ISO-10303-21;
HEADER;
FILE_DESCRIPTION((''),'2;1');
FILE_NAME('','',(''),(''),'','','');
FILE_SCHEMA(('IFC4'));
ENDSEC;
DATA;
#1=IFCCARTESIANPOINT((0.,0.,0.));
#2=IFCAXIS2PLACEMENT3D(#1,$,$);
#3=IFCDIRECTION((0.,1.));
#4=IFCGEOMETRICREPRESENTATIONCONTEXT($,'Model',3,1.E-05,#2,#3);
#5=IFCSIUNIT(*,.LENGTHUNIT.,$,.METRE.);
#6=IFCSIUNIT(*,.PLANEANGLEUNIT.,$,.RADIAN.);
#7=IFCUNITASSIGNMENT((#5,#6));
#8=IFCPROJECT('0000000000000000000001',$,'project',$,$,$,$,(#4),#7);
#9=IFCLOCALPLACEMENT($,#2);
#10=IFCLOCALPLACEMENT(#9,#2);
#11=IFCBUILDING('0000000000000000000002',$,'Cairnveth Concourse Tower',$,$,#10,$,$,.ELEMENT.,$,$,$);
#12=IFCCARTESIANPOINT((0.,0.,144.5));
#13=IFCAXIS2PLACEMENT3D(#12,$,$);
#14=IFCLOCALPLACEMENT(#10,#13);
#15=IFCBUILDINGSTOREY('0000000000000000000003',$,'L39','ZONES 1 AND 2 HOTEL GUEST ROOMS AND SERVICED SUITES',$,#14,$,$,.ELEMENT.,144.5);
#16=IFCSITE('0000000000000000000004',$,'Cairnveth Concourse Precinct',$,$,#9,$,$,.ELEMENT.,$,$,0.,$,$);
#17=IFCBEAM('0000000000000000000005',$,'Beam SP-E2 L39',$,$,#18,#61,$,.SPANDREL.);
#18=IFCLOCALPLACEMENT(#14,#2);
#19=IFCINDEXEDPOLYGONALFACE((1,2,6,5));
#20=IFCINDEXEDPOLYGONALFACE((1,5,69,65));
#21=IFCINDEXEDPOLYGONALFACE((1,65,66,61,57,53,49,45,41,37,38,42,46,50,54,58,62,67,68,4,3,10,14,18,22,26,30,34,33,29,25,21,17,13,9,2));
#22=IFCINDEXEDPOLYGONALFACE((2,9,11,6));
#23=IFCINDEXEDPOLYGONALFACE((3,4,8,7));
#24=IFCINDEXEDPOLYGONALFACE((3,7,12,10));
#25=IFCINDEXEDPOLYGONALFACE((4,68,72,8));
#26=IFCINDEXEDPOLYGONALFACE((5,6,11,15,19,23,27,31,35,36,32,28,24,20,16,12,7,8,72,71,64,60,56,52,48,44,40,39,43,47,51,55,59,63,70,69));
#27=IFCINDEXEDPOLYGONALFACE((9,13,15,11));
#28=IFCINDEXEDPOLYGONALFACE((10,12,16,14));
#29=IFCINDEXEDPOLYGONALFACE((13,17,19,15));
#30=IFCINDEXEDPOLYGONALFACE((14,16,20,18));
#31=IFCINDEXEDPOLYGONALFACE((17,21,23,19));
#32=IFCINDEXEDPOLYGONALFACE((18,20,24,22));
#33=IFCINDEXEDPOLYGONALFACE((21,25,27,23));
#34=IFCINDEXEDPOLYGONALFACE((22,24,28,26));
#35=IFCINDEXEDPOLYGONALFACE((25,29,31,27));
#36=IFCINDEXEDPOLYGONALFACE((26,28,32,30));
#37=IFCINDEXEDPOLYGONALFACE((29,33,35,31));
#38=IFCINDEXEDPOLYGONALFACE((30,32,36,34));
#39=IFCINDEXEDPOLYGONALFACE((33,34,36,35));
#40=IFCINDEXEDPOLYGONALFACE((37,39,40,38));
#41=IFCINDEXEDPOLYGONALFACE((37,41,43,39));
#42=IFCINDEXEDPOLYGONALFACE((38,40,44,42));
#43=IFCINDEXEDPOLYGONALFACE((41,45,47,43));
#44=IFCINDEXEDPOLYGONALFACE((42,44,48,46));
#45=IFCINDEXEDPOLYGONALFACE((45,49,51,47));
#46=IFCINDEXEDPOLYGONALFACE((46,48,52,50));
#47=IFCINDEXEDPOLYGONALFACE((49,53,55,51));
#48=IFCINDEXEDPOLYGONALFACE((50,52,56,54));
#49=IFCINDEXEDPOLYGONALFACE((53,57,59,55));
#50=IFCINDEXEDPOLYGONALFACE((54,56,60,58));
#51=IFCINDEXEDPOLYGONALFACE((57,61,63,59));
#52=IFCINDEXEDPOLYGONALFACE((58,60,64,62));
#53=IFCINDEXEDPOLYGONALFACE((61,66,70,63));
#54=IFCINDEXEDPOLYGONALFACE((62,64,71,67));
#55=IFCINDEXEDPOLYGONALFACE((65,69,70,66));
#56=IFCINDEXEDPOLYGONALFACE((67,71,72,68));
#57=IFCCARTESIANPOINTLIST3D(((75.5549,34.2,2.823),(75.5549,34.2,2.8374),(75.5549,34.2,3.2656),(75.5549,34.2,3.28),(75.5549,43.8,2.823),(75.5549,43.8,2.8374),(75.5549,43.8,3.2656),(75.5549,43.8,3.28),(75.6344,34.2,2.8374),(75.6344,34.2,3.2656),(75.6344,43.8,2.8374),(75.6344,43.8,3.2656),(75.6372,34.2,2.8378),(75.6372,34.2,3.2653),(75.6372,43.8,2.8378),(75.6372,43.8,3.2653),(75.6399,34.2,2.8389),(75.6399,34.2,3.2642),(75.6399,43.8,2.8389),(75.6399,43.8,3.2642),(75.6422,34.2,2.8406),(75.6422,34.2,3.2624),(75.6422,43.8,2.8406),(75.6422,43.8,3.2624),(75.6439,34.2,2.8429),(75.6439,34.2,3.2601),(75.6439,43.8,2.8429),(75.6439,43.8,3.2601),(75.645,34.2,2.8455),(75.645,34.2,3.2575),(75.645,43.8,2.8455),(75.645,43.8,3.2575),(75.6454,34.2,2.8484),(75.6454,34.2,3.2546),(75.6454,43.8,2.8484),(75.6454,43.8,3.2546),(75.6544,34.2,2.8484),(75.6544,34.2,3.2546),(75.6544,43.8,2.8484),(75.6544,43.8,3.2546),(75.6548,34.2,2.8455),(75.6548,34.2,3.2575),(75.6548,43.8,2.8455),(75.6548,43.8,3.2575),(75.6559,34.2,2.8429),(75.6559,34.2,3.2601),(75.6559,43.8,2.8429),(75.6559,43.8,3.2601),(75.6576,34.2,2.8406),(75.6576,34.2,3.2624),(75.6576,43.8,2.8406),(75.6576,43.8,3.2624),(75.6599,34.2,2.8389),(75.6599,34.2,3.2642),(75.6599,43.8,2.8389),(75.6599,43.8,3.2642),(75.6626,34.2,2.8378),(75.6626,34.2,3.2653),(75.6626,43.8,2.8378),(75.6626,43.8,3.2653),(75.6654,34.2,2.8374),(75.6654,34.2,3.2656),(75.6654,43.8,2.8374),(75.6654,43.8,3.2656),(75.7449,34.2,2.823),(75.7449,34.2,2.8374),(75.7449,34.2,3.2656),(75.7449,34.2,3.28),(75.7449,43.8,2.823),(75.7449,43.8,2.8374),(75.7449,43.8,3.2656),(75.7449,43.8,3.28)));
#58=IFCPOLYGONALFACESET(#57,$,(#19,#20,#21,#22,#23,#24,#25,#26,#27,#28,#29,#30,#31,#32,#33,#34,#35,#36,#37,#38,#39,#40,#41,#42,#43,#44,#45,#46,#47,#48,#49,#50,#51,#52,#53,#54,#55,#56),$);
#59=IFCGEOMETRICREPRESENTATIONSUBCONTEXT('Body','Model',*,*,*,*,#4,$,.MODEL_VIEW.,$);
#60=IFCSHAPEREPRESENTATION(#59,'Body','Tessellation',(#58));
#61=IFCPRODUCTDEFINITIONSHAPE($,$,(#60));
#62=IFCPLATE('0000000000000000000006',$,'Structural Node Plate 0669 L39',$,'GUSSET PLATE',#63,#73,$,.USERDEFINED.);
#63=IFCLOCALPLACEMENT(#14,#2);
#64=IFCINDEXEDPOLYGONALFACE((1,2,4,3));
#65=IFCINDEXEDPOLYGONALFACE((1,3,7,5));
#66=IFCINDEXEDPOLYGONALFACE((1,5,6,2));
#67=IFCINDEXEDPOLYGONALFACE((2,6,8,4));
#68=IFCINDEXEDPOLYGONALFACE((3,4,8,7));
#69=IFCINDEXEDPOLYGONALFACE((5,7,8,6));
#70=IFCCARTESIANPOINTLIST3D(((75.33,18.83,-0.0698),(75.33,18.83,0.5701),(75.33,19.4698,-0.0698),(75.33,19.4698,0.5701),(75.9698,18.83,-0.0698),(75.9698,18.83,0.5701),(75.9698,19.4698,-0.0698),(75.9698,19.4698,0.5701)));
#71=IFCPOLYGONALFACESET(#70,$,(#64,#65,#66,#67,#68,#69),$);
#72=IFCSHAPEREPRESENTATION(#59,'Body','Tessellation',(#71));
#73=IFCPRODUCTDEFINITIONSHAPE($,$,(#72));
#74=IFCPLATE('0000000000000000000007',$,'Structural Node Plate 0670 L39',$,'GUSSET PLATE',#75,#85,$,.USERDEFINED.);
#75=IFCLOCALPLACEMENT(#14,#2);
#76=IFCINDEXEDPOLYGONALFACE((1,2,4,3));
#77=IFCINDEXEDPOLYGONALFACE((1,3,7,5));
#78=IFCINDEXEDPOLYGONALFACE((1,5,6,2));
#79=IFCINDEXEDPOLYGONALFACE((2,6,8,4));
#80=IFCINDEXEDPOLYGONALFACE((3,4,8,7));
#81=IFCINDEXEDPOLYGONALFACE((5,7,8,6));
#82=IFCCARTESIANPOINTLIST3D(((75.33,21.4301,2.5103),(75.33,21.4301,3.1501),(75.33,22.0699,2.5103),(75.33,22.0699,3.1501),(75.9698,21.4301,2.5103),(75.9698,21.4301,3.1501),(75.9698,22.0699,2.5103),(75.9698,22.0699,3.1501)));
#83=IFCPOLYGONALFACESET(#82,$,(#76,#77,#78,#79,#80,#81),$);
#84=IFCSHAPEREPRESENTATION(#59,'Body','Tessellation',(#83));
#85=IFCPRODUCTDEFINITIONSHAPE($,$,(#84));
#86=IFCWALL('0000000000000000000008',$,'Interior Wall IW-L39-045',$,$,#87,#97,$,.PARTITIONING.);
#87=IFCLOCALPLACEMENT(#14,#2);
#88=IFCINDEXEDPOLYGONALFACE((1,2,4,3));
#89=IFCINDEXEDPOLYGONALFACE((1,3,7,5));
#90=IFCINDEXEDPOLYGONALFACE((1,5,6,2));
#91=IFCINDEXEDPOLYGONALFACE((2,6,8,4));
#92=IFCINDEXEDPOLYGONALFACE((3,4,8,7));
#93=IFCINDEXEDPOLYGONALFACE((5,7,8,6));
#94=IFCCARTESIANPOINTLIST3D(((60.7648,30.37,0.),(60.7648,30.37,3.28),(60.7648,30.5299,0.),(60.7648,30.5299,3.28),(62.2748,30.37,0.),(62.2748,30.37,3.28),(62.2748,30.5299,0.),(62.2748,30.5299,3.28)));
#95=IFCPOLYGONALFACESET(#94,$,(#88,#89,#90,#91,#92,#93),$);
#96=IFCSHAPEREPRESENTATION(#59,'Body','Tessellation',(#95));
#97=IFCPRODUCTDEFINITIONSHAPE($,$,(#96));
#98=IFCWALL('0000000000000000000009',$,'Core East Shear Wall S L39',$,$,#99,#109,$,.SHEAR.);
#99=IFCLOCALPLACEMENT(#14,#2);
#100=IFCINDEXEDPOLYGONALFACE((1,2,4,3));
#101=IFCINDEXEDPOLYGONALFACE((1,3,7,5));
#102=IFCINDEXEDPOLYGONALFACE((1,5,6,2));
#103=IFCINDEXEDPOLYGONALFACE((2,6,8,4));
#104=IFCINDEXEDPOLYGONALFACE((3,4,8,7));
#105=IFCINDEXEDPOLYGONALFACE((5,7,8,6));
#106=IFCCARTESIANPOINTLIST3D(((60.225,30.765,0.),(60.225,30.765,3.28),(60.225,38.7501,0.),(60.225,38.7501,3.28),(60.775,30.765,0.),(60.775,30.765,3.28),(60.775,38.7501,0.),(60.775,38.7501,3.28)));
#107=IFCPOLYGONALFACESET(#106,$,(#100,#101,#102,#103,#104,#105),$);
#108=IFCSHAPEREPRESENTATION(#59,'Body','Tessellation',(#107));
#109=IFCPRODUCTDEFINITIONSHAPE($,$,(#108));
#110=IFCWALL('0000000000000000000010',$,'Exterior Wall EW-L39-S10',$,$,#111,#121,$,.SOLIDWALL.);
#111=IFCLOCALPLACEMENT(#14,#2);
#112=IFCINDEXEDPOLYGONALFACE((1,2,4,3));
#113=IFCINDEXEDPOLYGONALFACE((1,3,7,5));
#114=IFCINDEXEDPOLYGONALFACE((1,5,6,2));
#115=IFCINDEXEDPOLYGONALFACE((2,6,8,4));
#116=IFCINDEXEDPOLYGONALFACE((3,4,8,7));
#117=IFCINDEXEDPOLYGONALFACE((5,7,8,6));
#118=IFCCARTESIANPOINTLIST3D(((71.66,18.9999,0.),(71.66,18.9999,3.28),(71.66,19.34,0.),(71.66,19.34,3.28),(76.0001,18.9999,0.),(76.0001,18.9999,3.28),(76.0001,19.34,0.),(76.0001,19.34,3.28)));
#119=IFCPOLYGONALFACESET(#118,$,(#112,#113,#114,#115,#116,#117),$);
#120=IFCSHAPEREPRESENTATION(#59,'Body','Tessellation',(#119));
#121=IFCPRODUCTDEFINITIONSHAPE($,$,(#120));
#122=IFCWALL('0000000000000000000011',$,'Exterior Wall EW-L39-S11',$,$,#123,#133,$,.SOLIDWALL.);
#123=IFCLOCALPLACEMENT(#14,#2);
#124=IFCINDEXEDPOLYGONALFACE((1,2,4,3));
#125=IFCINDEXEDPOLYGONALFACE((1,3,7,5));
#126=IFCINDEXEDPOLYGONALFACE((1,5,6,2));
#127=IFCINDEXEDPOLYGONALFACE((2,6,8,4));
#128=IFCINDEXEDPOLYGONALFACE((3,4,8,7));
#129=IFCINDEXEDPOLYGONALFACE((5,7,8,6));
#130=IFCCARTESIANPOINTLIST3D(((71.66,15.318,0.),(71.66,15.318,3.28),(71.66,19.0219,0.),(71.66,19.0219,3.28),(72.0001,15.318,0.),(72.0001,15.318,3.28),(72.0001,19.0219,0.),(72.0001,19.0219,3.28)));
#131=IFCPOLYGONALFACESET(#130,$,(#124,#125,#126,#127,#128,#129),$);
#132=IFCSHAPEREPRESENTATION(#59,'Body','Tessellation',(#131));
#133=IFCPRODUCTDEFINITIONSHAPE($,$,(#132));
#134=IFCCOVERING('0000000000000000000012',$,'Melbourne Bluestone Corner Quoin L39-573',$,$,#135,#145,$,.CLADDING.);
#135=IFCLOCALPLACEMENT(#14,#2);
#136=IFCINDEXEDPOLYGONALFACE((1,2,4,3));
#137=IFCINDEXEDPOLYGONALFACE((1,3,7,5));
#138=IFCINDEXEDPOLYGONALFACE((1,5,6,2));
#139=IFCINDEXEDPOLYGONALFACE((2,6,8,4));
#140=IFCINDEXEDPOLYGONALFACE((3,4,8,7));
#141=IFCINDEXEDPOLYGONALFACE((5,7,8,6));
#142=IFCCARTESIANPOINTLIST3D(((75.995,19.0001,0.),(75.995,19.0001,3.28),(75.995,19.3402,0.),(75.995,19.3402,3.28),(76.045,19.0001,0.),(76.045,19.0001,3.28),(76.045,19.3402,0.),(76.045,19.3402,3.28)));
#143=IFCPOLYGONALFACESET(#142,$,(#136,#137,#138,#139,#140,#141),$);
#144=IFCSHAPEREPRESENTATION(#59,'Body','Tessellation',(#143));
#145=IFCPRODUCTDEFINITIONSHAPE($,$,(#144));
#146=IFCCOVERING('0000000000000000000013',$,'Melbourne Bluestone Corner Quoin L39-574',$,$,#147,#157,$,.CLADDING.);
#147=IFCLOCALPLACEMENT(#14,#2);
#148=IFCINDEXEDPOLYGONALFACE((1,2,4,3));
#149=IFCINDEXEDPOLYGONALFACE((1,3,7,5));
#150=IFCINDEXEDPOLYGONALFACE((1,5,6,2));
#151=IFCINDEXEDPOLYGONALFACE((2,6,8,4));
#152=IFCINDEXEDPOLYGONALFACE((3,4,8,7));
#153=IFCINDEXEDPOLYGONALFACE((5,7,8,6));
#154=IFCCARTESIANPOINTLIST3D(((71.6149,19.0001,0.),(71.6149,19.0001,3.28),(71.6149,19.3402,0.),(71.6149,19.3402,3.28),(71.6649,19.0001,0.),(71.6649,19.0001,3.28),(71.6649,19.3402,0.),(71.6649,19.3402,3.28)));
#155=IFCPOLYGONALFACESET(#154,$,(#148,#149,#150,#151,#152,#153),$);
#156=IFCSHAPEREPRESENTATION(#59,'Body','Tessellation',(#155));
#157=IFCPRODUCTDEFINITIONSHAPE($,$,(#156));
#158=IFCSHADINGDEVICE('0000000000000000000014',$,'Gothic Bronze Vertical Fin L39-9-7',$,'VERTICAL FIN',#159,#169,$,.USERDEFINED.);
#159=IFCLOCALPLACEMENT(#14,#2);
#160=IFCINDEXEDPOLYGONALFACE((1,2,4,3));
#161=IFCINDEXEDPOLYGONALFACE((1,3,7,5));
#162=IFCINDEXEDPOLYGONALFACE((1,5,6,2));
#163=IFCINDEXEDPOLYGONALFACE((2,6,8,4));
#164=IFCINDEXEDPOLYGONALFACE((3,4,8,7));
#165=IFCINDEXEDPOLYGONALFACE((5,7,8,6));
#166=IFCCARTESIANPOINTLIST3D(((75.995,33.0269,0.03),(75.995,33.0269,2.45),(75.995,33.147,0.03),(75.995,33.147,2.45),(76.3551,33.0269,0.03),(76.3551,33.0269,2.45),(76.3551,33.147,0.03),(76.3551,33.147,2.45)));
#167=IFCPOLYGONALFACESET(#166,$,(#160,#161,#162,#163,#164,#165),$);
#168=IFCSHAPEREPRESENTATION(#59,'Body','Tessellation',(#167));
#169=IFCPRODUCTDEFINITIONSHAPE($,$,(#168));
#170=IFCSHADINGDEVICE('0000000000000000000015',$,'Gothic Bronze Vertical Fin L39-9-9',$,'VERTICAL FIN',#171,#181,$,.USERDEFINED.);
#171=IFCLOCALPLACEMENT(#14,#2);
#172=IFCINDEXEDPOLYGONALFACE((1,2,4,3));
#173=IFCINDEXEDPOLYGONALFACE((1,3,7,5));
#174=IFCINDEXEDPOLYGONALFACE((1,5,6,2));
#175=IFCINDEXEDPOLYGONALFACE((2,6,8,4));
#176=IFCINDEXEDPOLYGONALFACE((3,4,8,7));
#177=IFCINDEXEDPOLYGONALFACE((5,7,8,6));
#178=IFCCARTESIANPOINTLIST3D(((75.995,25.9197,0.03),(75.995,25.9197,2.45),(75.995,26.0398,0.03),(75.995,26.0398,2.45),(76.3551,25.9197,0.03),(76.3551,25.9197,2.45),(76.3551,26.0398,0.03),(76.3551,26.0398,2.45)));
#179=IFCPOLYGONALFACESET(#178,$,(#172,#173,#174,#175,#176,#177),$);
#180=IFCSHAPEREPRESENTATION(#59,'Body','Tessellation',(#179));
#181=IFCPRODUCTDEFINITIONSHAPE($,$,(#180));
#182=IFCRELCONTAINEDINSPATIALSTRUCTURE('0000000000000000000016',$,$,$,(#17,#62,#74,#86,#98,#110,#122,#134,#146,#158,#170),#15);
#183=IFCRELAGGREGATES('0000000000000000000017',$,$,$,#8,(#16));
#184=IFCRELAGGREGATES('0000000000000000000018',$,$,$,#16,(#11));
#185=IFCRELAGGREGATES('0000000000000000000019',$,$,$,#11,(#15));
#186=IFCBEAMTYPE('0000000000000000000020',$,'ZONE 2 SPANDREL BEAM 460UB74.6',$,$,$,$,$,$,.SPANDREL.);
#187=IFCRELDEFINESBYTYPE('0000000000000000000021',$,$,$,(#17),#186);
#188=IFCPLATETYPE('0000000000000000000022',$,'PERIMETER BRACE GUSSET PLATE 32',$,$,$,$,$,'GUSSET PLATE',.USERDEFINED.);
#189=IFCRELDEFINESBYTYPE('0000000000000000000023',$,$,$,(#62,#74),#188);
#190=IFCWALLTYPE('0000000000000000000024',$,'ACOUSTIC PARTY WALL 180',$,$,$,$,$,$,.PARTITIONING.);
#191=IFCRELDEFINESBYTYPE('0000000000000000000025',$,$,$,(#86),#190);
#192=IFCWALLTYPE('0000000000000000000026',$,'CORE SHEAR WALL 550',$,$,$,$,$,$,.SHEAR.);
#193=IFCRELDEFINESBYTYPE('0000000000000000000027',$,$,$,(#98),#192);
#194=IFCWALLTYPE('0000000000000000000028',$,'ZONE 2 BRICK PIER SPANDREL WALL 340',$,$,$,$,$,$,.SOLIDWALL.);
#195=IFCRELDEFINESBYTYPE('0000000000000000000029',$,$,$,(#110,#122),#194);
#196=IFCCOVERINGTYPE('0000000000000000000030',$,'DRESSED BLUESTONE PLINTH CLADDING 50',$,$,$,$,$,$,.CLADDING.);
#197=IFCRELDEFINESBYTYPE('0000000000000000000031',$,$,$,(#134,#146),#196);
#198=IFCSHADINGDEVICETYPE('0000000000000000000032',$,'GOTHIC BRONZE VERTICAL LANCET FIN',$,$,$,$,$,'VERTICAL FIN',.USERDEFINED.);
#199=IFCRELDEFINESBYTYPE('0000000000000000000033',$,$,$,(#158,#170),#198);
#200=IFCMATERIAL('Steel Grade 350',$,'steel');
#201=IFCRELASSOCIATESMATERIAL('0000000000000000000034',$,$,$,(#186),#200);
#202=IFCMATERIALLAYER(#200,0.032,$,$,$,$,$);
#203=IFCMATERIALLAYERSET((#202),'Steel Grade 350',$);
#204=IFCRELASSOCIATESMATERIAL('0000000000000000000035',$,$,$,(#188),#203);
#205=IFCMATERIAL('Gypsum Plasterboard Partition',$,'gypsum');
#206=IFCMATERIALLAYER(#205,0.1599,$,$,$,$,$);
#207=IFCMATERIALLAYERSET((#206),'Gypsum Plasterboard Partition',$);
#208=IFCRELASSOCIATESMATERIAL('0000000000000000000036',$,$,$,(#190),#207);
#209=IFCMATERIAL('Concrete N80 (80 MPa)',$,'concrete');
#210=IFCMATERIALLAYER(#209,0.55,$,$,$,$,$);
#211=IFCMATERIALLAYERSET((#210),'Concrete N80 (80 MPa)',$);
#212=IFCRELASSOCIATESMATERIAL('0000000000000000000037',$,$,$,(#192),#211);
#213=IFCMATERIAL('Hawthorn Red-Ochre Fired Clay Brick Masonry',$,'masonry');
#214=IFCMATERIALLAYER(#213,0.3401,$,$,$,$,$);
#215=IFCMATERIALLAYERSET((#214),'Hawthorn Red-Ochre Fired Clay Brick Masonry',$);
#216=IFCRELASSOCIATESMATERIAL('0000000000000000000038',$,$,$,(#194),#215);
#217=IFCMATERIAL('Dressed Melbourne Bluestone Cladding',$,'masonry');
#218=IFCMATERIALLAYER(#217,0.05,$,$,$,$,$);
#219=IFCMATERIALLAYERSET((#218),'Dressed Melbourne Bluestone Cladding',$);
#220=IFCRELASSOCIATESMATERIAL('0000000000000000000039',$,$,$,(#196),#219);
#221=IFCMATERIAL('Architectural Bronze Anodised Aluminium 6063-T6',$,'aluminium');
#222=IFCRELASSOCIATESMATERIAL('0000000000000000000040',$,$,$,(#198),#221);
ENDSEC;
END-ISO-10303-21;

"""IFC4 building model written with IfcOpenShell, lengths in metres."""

from ifc_helpers import new_model, si_unit, direction, frame, frame_2d, origin, origin_2d, place, context, subcontext, project, spatial, rectangle, i_section, extrude, material, layer, layer_set, material_profile, profile_set, type_object, element, save


model = new_model("IFC4")

# Units and contexts
model_context = context("Model", 3, precision=1e-05, world=origin(), true_north=direction((0.0, 1.0)))
body_context = subcontext(model_context, "Body", "Model", "MODEL_VIEW")
ifc_project = project(units=[si_unit("LENGTHUNIT", "METRE"), si_unit("PLANEANGLEUNIT", "RADIAN")], contexts=[model_context])

# Site, building, storey
site_placement = place(None, origin())
site = spatial("IfcSite", under=ifc_project, at=site_placement, Name="Cairnveth Concourse Precinct", CompositionType="ELEMENT", RefElevation=0.0)
building_placement = place(site_placement, origin())
building = spatial("IfcBuilding", under=site, at=building_placement, Name="Cairnveth Concourse Tower", CompositionType="ELEMENT")
storey_placement = place(building_placement, frame((0.0, 0.0, 144.5)))
storey = spatial("IfcBuildingStorey", under=building, at=storey_placement, Name="L39", Description="ZONES 1 AND 2 HOTEL GUEST ROOMS AND SERVICED SUITES", CompositionType="ELEMENT", Elevation=144.5)

# Shared definitions
ifc_material_1 = material(Name="Steel Grade 350", Category="steel")

# Beam
ifc_material_profile_1 = material_profile(ifc_material_1, i_section(OverallWidth=0.1899, OverallDepth=0.457, WebThickness=0.009, FlangeThickness=0.0144, FilletRadius=0.011, at=origin_2d()), Name="460UB74.6")
ifc_profile_set_1 = profile_set([ifc_material_profile_1], Name="Steel Grade 350")
beam_type_1 = type_object("IfcBeamType", Name="ZONE 2 SPANDREL BEAM 460UB74.6", PredefinedType="SPANDREL", material=ifc_profile_set_1)
beam_1_placement = place(storey_placement, frame((75.6499, 34.2, 3.0515), z_axis=(0.0, 1.0, 0.0), x_axis=(-1.0, 0.0, 0.0)))
element("IfcBeam", 1, at=beam_1_placement, inside=storey, type_object=beam_type_1, Name="Beam SP-E2 L39", PredefinedType="SPANDREL", context=body_context, shape_type="SweptSolid", body=[
    extrude(i_section(OverallWidth=0.1899, OverallDepth=0.457, WebThickness=0.009, FlangeThickness=0.0144, FilletRadius=0.011, at=origin_2d()), origin(), (0.0, 0.0, 1.0), 9.6001),
])

# Plates
ifc_layer_1 = layer(ifc_material_1, 0.032)
ifc_layer_set_1 = layer_set([ifc_layer_1], Name="Steel Grade 350")
plate_type = type_object("IfcPlateType", Name="PERIMETER BRACE GUSSET PLATE 32", ElementType="GUSSET PLATE", PredefinedType="USERDEFINED", material=ifc_layer_set_1)
for number, where, z_axis, x_axis, name in (
    (2, (75.6499, 19.1499, -0.0698), (0.0, 0.0, 1.0), (1.0, 0.0, 0.0), "Structural Node Plate 0669 L39"),
    (3, (75.6499, 21.75, 2.5103), (0.0, 0.0, 1.0), (1.0, 0.0, 0.0), "Structural Node Plate 0670 L39"),
):
    element("IfcPlate", number, at=place(storey_placement, frame(where, z_axis=z_axis, x_axis=x_axis)), inside=storey, type_object=plate_type, Name=name, ObjectType="GUSSET PLATE", PredefinedType="USERDEFINED", context=body_context, shape_type="SweptSolid", body=[
        extrude(rectangle(XDim=0.6399, YDim=0.6399, at=origin_2d()), origin(), (0.0, 0.0, 1.0), 0.6399),
    ])

# Walls
ifc_material_2 = material(Name="Gypsum Plasterboard Partition", Category="gypsum")
ifc_layer_2 = layer(ifc_material_2, 0.1599)
ifc_layer_set_2 = layer_set([ifc_layer_2], Name="Gypsum Plasterboard Partition")
wall_type_1 = type_object("IfcWallType", Name="ACOUSTIC PARTY WALL 180", PredefinedType="PARTITIONING", material=ifc_layer_set_2)
wall_1_placement = place(storey_placement, frame((60.7649, 30.45, 0.0), z_axis=(0.0, 0.0, 1.0), x_axis=(1.0, 0.0, 0.0)))
element("IfcWall", 4, at=wall_1_placement, inside=storey, type_object=wall_type_1, Name="Interior Wall IW-L39-045", PredefinedType="PARTITIONING", context=body_context, shape_type="SweptSolid", body=[
    extrude(rectangle(XDim=1.51, YDim=0.1599, at=frame_2d((0.7549, 0.0))), origin(), (0.0, 0.0, 1.0), 3.28),
])
ifc_material_3 = material(Name="Concrete N80 (80 MPa)", Category="concrete")
ifc_layer_3 = layer(ifc_material_3, 0.55)
ifc_layer_set_3 = layer_set([ifc_layer_3], Name="Concrete N80 (80 MPa)")
wall_type_2 = type_object("IfcWallType", Name="CORE SHEAR WALL 550", PredefinedType="SHEAR", material=ifc_layer_set_3)
wall_2_placement = place(storey_placement, frame((60.5, 30.7649, 0.0), z_axis=(0.0, 0.0, 1.0), x_axis=(0.0, 1.0, 0.0)))
element("IfcWall", 5, at=wall_2_placement, inside=storey, type_object=wall_type_2, Name="Core East Shear Wall S L39", PredefinedType="SHEAR", context=body_context, shape_type="SweptSolid", body=[
    extrude(rectangle(XDim=7.9851, YDim=0.55, at=frame_2d((3.9927, 0.0))), origin(), (0.0, 0.0, 1.0), 3.28),
])
ifc_material_4 = material(Name="Hawthorn Red-Ochre Fired Clay Brick Masonry", Category="masonry")
ifc_layer_4 = layer(ifc_material_4, 0.3401)
ifc_layer_set_4 = layer_set([ifc_layer_4], Name="Hawthorn Red-Ochre Fired Clay Brick Masonry")
wall_type_3 = type_object("IfcWallType", Name="ZONE 2 BRICK PIER SPANDREL WALL 340", PredefinedType="SOLIDWALL", material=ifc_layer_set_4)
wall_3_placement = place(storey_placement, frame((76.0, 19.1699, 0.0), z_axis=(0.0, 0.0, 1.0), x_axis=(-1.0, 0.0, 0.0)))
element("IfcWall", 6, at=wall_3_placement, inside=storey, type_object=wall_type_3, Name="Exterior Wall EW-L39-S10", PredefinedType="SOLIDWALL", context=body_context, shape_type="SweptSolid", body=[
    extrude(rectangle(XDim=4.3401, YDim=0.3401, at=frame_2d((2.1699, 0.0))), origin(), (0.0, 0.0, 1.0), 3.28),
])
wall_4_placement = place(storey_placement, frame((71.8301, 19.022, 0.0), z_axis=(0.0, 0.0, 1.0), x_axis=(0.0, -1.0, 0.0)))
element("IfcWall", 7, at=wall_4_placement, inside=storey, type_object=wall_type_3, Name="Exterior Wall EW-L39-S11", PredefinedType="SOLIDWALL", context=body_context, shape_type="SweptSolid", body=[
    extrude(rectangle(XDim=3.7039, YDim=0.3401, at=frame_2d((1.8521, 0.0))), origin(), (0.0, 0.0, 1.0), 3.28),
])

# Coverings
ifc_material_5 = material(Name="Dressed Melbourne Bluestone Cladding", Category="masonry")
ifc_layer_5 = layer(ifc_material_5, 0.05)
ifc_layer_set_5 = layer_set([ifc_layer_5], Name="Dressed Melbourne Bluestone Cladding")
covering_type = type_object("IfcCoveringType", Name="DRESSED BLUESTONE PLINTH CLADDING 50", PredefinedType="CLADDING", material=ifc_layer_set_5)
for number, where, z_axis, x_axis, name in (
    (8, (76.02, 19.3401, 0.0), (0.0, 0.0, 1.0), (0.0, -1.0, 0.0), "Melbourne Bluestone Corner Quoin L39-573"),
    (9, (71.6399, 19.3401, 0.0), (0.0, 0.0, 1.0), (0.0, -1.0, 0.0), "Melbourne Bluestone Corner Quoin L39-574"),
):
    element("IfcCovering", number, at=place(storey_placement, frame(where, z_axis=z_axis, x_axis=x_axis)), inside=storey, type_object=covering_type, Name=name, PredefinedType="CLADDING", context=body_context, shape_type="SweptSolid", body=[
        extrude(rectangle(XDim=0.3401, YDim=0.05, at=frame_2d((0.1699, 0.0))), origin(), (0.0, 0.0, 1.0), 3.28),
    ])

# Shading devices
ifc_material_6 = material(Name="Architectural Bronze Anodised Aluminium 6063-T6", Category="aluminium")
shading_device_type = type_object("IfcShadingDeviceType", Name="GOTHIC BRONZE VERTICAL LANCET FIN", ElementType="VERTICAL FIN", PredefinedType="USERDEFINED", material=ifc_material_6)
for number, where, z_axis, x_axis, name in (
    (10, (76.175, 33.0869, 0.03), (0.0, 0.0, 1.0), (0.0, 1.0, 0.0), "Gothic Bronze Vertical Fin L39-9-7"),
    (11, (76.175, 25.9797, 0.03), (0.0, 0.0, 1.0), (0.0, 1.0, 0.0), "Gothic Bronze Vertical Fin L39-9-9"),
):
    element("IfcShadingDevice", number, at=place(storey_placement, frame(where, z_axis=z_axis, x_axis=x_axis)), inside=storey, type_object=shading_device_type, Name=name, ObjectType="VERTICAL FIN", PredefinedType="USERDEFINED", context=body_context, shape_type="SweptSolid", body=[
        extrude(rectangle(XDim=0.1201, YDim=0.3601, at=origin_2d()), origin(), (0.0, 0.0, 1.0), 2.4199),
    ])

save(model, "model.ifc")
